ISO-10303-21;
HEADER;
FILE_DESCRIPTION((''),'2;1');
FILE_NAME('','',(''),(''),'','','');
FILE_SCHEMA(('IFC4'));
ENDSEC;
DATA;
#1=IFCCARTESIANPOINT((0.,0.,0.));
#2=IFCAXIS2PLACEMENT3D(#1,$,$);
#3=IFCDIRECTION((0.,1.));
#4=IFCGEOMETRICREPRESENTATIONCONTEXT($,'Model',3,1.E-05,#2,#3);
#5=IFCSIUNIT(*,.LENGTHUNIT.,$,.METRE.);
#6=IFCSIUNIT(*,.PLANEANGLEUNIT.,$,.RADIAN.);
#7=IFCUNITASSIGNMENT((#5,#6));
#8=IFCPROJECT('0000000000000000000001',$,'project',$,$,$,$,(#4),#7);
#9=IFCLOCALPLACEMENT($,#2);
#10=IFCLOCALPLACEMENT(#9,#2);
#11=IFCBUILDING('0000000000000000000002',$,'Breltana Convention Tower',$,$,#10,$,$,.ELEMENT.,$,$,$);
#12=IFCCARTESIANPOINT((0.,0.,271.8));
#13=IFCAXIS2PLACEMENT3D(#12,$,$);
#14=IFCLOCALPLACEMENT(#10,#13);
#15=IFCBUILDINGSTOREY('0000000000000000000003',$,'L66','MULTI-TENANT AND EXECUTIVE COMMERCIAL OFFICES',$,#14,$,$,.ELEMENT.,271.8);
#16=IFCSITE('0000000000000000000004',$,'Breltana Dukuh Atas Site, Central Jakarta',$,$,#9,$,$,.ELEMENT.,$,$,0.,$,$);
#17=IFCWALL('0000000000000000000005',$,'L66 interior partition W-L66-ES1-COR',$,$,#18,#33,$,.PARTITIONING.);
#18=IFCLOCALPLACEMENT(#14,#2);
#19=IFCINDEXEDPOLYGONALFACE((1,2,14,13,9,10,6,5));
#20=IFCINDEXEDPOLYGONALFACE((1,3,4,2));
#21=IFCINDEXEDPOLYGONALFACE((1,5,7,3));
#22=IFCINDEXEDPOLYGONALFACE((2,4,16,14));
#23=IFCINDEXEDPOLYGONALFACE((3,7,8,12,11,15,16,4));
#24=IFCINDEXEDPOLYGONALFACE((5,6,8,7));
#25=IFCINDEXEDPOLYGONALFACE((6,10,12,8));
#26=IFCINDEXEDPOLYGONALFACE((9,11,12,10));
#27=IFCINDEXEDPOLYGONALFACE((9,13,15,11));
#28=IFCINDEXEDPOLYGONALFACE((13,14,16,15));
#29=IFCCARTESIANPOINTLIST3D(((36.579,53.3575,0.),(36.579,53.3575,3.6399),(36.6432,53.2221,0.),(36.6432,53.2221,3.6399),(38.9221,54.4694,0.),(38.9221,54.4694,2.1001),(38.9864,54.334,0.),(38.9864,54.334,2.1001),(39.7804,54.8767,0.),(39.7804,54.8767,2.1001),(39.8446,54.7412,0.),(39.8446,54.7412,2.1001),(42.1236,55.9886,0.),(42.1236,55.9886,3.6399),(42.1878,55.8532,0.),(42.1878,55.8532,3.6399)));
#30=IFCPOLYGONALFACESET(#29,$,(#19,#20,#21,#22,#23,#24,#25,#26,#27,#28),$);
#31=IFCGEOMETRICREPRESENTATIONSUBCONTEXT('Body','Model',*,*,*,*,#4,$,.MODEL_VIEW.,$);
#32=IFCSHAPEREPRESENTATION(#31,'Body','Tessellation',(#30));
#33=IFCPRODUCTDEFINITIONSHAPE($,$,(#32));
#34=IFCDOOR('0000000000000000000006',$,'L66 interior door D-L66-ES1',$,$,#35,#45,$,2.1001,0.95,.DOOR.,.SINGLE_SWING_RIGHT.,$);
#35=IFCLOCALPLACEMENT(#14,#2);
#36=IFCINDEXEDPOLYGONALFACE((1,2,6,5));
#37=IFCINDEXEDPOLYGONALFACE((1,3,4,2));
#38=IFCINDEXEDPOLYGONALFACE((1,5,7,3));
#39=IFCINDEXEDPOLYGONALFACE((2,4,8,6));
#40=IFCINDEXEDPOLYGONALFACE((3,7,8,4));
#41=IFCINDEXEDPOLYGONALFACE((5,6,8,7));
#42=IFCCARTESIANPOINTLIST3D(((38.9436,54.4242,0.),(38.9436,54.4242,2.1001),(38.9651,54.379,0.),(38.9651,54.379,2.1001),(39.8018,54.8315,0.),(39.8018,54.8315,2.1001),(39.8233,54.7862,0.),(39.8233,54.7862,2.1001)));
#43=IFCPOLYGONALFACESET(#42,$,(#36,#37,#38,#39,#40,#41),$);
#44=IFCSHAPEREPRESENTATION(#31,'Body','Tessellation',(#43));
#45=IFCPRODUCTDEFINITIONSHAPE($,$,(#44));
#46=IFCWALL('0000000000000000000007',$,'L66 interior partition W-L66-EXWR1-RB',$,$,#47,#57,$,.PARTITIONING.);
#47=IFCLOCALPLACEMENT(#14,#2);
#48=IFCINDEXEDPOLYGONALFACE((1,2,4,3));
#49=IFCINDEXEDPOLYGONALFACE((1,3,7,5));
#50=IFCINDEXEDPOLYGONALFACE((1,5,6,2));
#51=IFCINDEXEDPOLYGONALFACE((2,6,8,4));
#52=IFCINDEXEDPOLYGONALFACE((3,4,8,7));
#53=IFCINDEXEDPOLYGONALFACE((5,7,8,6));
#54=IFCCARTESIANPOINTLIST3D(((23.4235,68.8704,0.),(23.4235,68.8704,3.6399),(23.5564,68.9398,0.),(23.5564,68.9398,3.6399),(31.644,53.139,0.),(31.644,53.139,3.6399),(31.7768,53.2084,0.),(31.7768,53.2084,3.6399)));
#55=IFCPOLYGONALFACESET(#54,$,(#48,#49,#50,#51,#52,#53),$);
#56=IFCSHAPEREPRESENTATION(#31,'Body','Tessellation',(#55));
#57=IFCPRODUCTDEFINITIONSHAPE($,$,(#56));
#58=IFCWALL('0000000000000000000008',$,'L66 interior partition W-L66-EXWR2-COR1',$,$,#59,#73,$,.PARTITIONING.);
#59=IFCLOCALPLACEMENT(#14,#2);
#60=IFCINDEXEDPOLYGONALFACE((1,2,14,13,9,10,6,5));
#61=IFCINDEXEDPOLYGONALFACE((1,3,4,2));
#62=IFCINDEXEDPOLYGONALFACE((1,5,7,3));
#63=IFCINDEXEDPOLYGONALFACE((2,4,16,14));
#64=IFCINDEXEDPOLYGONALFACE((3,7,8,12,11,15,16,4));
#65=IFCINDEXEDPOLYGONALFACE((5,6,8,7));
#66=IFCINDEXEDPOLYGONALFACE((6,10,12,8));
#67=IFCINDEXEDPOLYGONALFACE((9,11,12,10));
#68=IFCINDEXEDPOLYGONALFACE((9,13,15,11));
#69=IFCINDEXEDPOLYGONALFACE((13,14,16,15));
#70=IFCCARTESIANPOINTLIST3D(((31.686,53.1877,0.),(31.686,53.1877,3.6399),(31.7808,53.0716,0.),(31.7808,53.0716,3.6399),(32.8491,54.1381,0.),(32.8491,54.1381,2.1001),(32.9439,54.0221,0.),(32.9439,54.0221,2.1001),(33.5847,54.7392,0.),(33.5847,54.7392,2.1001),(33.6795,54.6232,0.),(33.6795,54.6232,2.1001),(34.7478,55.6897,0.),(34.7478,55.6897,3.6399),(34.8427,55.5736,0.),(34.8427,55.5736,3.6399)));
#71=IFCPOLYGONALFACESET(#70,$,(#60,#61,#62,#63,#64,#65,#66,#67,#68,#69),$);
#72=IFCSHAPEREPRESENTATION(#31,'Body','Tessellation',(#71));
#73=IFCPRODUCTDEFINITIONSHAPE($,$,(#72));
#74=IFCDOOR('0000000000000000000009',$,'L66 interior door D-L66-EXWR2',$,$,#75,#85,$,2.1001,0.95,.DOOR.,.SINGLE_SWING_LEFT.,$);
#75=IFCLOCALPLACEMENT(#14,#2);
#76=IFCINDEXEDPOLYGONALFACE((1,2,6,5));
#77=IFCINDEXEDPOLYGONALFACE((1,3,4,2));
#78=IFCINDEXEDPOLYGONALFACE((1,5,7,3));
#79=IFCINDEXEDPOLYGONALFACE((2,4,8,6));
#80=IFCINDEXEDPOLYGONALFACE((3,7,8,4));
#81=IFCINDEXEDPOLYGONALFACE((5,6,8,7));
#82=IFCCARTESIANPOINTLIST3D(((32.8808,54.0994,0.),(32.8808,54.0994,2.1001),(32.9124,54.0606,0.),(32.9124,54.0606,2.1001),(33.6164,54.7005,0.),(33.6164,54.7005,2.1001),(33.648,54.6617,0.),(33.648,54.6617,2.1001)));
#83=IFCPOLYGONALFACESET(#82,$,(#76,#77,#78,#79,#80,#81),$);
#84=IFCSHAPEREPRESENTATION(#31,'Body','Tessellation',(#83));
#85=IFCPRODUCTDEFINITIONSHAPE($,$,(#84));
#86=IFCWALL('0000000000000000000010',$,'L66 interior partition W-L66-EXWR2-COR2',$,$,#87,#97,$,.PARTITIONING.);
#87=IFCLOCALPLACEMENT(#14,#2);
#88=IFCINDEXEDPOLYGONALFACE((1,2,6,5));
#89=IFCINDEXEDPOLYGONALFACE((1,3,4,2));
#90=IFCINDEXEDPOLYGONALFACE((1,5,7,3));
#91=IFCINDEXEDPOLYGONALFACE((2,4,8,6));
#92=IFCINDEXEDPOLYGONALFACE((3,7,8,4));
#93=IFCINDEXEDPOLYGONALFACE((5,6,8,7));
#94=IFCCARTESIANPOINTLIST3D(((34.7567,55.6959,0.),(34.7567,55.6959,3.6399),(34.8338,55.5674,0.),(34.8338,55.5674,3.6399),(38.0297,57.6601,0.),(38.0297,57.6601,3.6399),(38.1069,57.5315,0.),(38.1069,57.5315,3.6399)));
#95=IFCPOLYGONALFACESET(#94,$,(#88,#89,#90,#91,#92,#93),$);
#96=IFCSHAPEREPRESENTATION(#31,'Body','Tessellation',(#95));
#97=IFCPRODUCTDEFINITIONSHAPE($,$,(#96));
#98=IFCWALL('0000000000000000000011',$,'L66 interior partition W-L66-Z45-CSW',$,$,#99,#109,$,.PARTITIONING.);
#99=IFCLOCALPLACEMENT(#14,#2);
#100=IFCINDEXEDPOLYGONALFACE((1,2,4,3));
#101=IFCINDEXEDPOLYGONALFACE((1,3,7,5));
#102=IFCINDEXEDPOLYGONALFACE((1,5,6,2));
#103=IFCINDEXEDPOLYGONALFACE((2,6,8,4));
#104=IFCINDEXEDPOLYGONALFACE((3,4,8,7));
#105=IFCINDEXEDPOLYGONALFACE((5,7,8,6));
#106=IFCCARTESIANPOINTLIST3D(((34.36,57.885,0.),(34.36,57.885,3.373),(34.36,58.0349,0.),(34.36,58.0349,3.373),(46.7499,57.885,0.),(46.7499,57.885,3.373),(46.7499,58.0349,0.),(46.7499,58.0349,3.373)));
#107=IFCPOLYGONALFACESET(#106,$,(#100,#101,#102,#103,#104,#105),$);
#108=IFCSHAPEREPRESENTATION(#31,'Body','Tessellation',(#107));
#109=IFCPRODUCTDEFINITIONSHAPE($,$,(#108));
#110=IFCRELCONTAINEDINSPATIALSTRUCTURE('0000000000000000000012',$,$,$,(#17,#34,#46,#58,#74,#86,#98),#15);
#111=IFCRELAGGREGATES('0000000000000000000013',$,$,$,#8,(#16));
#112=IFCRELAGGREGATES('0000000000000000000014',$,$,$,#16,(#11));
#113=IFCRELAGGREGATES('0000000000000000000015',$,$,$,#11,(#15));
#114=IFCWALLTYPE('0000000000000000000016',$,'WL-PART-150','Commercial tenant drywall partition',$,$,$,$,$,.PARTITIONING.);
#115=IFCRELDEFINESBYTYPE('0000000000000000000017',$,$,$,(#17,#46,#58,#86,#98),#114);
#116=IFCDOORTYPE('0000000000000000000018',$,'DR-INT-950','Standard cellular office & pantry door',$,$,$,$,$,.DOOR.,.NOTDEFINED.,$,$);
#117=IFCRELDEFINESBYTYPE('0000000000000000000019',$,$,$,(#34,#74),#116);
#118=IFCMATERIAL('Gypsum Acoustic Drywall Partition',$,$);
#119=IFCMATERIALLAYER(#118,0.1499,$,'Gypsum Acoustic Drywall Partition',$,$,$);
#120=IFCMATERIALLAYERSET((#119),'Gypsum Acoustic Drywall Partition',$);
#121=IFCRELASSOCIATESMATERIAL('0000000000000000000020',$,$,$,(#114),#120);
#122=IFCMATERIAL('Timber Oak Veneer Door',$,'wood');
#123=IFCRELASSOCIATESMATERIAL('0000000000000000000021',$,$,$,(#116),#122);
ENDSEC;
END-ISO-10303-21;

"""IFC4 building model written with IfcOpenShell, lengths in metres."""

from ifc_helpers import new_model, si_unit, direction, frame, frame_2d, origin, place, context, subcontext, project, spatial, rectangle, extrude, source, transform, mapped, material, layer, layer_set, type_object, type_shapes, element, fill, save


model = new_model("IFC4")

# Units and contexts
model_context = context("Model", 3, precision=1e-05, world=origin(), true_north=direction((0.0, 1.0)))
body_context = subcontext(model_context, "Body", "Model", "MODEL_VIEW")
ifc_project = project(units=[si_unit("LENGTHUNIT", "METRE"), si_unit("PLANEANGLEUNIT", "RADIAN")], contexts=[model_context])

# Site, building, storey
site_placement = place(None, origin())
site = spatial("IfcSite", under=ifc_project, at=site_placement, Name="Breltana Dukuh Atas Site, Central Jakarta", CompositionType="ELEMENT", RefElevation=0.0)
building_placement = place(site_placement, origin())
building = spatial("IfcBuilding", under=site, at=building_placement, Name="Breltana Convention Tower", CompositionType="ELEMENT")
storey_placement = place(building_placement, frame((0.0, 0.0, 271.8)))
storey = spatial("IfcBuildingStorey", under=building, at=storey_placement, Name="L66", Description="MULTI-TENANT AND EXECUTIVE COMMERCIAL OFFICES", CompositionType="ELEMENT", Elevation=271.8)

# Wall, opening, door
ifc_material_1 = material(Name="Gypsum Acoustic Drywall Partition")
ifc_layer_1 = layer(ifc_material_1, 0.1499, Name="Gypsum Acoustic Drywall Partition")
ifc_layer_set_1 = layer_set([ifc_layer_1], Name="Gypsum Acoustic Drywall Partition")
wall_type_1 = type_object("IfcWallType", Name="WL-PART-150", Description="Commercial tenant drywall partition", PredefinedType="PARTITIONING", material=ifc_layer_set_1)
shared_shape_1 = source(origin(), body_context, "Body", "SweptSolid", [
    extrude(rectangle(XDim=6.1372, YDim=0.1499, at=frame_2d((3.0686, 0.0))), origin(), (0.0, 0.0, 1.0), 3.6399),
])
wall_1_placement = place(storey_placement, frame((36.6111, 53.2898, 0.0), z_axis=(0.0, 0.0, 1.0), x_axis=(0.903443, 0.428709, 0.0)))
wall_1 = element("IfcWall", 1, at=wall_1_placement, inside=storey, type_object=wall_type_1, Name="L66 interior partition W-L66-ES1-COR", PredefinedType="PARTITIONING", context=body_context, shape_type="MappedRepresentation", body=[
    mapped(shared_shape_1, transform((0.0, 0.0, 0.0), scale=1.0)),
])
opening_1_placement = place(wall_1_placement, frame((2.5935, 0.0, 0.0)))
opening_1 = element("IfcOpeningElement", 2, at=opening_1_placement, cuts=wall_1, PredefinedType="OPENING", context=body_context, shape_type="SweptSolid", body=[
    extrude(rectangle(XDim=0.95, YDim=2.1001, at=frame_2d((0.4751, 1.05))), frame((0.0, 0.085, 0.0), z_axis=(0.0, -1.0, 0.0), x_axis=(1.0, 0.0, 0.0)), (0.0, 0.0, 1.0), 0.1699),
])
ifc_material_2 = material(Name="Timber Oak Veneer Door", Category="wood")
door_type = type_object("IfcDoorType", Name="DR-INT-950", Description="Standard cellular office & pantry door", OperationType="NOTDEFINED", PredefinedType="DOOR", material=ifc_material_2)
shared_shape_2 = source(origin(), body_context, "Body", "SweptSolid", [
    extrude(rectangle(XDim=0.95, YDim=2.1001, at=frame_2d((0.4751, 1.05))), frame((0.0, 0.0249, 0.0), z_axis=(0.0, -1.0, 0.0), x_axis=(1.0, 0.0, 0.0)), (0.0, 0.0, 1.0), 0.05),
])
type_shapes(door_type, [shared_shape_2])
door_1_placement = place(opening_1_placement, origin())
door_1 = element("IfcDoor", 3, at=door_1_placement, inside=storey, type_object=door_type, Name="L66 interior door D-L66-ES1", OperationType="SINGLE_SWING_RIGHT", OverallHeight=2.1001, OverallWidth=0.95, PredefinedType="DOOR", context=body_context, shape_type="MappedRepresentation", body=[
    mapped(shared_shape_2, transform((0.0, 0.0, 0.0), scale=1.0)),
])
fill(opening_1, door_1)

# Wall
shared_shape_3 = source(origin(), body_context, "Body", "SweptSolid", [
    extrude(rectangle(XDim=17.7498, YDim=0.1499, at=frame_2d((8.875, 0.0))), origin(), (0.0, 0.0, 1.0), 3.6399),
])
wall_2_placement = place(storey_placement, frame((31.7104, 53.1736, 0.0), z_axis=(0.0, 0.0, 1.0), x_axis=(-0.46313, 0.88629, 0.0)))
element("IfcWall", 4, at=wall_2_placement, inside=storey, type_object=wall_type_1, Name="L66 interior partition W-L66-EXWR1-RB", PredefinedType="PARTITIONING", context=body_context, shape_type="MappedRepresentation", body=[
    mapped(shared_shape_3, transform((0.0, 0.0, 0.0), scale=1.0)),
])

# Wall, opening, door
shared_shape_4 = source(origin(), body_context, "Body", "SweptSolid", [
    extrude(rectangle(XDim=3.9541, YDim=0.1499, at=frame_2d((1.9771, 0.0))), origin(), (0.0, 0.0, 1.0), 3.6399),
])
wall_3_placement = place(storey_placement, frame((31.7334, 53.1296, 0.0), z_axis=(0.0, 0.0, 1.0), x_axis=(0.774345, 0.632764, 0.0)))
wall_3 = element("IfcWall", 5, at=wall_3_placement, inside=storey, type_object=wall_type_1, Name="L66 interior partition W-L66-EXWR2-COR1", PredefinedType="PARTITIONING", context=body_context, shape_type="MappedRepresentation", body=[
    mapped(shared_shape_4, transform((0.0, 0.0, 0.0), scale=1.0)),
])
opening_2_placement = place(wall_3_placement, frame((1.502, 0.0, 0.0)))
opening_2 = element("IfcOpeningElement", 6, at=opening_2_placement, cuts=wall_3, PredefinedType="OPENING", context=body_context, shape_type="SweptSolid", body=[
    extrude(rectangle(XDim=0.95, YDim=2.1001, at=frame_2d((0.4751, 1.05))), frame((0.0, 0.085, 0.0), z_axis=(0.0, -1.0, 0.0), x_axis=(1.0, 0.0, 0.0)), (0.0, 0.0, 1.0), 0.1699),
])
door_2_placement = place(opening_2_placement, origin())
door_2 = element("IfcDoor", 7, at=door_2_placement, inside=storey, type_object=door_type, Name="L66 interior door D-L66-EXWR2", OperationType="SINGLE_SWING_LEFT", OverallHeight=2.1001, OverallWidth=0.95, PredefinedType="DOOR", context=body_context, shape_type="MappedRepresentation", body=[
    mapped(shared_shape_2, transform((0.0, 0.0, 0.0), scale=1.0)),
])
fill(opening_2, door_2)

# Walls
shared_shape_5 = source(origin(), body_context, "Body", "SweptSolid", [
    extrude(rectangle(XDim=3.8171, YDim=0.1499, at=frame_2d((1.9087, 0.0))), origin(), (0.0, 0.0, 1.0), 3.6399),
])
wall_4_placement = place(storey_placement, frame((34.7952, 55.6316, 0.0), z_axis=(0.0, 0.0, 1.0), x_axis=(0.857453, 0.514562, 0.0)))
element("IfcWall", 8, at=wall_4_placement, inside=storey, type_object=wall_type_1, Name="L66 interior partition W-L66-EXWR2-COR2", PredefinedType="PARTITIONING", context=body_context, shape_type="MappedRepresentation", body=[
    mapped(shared_shape_5, transform((0.0, 0.0, 0.0), scale=1.0)),
])
shared_shape_6 = source(origin(), body_context, "Body", "SweptSolid", [
    extrude(rectangle(XDim=12.3899, YDim=0.1499, at=frame_2d((6.1948, 0.0))), origin(), (0.0, 0.0, 1.0), 3.373),
])
wall_5_placement = place(storey_placement, frame((34.3601, 57.96, 0.0), z_axis=(0.0, 0.0, 1.0), x_axis=(1.0, 0.0, 0.0)))
element("IfcWall", 9, at=wall_5_placement, inside=storey, type_object=wall_type_1, Name="L66 interior partition W-L66-Z45-CSW", PredefinedType="PARTITIONING", context=body_context, shape_type="MappedRepresentation", body=[
    mapped(shared_shape_6, transform((0.0, 0.0, 0.0), scale=1.0)),
])

save(model, "model.ifc")
